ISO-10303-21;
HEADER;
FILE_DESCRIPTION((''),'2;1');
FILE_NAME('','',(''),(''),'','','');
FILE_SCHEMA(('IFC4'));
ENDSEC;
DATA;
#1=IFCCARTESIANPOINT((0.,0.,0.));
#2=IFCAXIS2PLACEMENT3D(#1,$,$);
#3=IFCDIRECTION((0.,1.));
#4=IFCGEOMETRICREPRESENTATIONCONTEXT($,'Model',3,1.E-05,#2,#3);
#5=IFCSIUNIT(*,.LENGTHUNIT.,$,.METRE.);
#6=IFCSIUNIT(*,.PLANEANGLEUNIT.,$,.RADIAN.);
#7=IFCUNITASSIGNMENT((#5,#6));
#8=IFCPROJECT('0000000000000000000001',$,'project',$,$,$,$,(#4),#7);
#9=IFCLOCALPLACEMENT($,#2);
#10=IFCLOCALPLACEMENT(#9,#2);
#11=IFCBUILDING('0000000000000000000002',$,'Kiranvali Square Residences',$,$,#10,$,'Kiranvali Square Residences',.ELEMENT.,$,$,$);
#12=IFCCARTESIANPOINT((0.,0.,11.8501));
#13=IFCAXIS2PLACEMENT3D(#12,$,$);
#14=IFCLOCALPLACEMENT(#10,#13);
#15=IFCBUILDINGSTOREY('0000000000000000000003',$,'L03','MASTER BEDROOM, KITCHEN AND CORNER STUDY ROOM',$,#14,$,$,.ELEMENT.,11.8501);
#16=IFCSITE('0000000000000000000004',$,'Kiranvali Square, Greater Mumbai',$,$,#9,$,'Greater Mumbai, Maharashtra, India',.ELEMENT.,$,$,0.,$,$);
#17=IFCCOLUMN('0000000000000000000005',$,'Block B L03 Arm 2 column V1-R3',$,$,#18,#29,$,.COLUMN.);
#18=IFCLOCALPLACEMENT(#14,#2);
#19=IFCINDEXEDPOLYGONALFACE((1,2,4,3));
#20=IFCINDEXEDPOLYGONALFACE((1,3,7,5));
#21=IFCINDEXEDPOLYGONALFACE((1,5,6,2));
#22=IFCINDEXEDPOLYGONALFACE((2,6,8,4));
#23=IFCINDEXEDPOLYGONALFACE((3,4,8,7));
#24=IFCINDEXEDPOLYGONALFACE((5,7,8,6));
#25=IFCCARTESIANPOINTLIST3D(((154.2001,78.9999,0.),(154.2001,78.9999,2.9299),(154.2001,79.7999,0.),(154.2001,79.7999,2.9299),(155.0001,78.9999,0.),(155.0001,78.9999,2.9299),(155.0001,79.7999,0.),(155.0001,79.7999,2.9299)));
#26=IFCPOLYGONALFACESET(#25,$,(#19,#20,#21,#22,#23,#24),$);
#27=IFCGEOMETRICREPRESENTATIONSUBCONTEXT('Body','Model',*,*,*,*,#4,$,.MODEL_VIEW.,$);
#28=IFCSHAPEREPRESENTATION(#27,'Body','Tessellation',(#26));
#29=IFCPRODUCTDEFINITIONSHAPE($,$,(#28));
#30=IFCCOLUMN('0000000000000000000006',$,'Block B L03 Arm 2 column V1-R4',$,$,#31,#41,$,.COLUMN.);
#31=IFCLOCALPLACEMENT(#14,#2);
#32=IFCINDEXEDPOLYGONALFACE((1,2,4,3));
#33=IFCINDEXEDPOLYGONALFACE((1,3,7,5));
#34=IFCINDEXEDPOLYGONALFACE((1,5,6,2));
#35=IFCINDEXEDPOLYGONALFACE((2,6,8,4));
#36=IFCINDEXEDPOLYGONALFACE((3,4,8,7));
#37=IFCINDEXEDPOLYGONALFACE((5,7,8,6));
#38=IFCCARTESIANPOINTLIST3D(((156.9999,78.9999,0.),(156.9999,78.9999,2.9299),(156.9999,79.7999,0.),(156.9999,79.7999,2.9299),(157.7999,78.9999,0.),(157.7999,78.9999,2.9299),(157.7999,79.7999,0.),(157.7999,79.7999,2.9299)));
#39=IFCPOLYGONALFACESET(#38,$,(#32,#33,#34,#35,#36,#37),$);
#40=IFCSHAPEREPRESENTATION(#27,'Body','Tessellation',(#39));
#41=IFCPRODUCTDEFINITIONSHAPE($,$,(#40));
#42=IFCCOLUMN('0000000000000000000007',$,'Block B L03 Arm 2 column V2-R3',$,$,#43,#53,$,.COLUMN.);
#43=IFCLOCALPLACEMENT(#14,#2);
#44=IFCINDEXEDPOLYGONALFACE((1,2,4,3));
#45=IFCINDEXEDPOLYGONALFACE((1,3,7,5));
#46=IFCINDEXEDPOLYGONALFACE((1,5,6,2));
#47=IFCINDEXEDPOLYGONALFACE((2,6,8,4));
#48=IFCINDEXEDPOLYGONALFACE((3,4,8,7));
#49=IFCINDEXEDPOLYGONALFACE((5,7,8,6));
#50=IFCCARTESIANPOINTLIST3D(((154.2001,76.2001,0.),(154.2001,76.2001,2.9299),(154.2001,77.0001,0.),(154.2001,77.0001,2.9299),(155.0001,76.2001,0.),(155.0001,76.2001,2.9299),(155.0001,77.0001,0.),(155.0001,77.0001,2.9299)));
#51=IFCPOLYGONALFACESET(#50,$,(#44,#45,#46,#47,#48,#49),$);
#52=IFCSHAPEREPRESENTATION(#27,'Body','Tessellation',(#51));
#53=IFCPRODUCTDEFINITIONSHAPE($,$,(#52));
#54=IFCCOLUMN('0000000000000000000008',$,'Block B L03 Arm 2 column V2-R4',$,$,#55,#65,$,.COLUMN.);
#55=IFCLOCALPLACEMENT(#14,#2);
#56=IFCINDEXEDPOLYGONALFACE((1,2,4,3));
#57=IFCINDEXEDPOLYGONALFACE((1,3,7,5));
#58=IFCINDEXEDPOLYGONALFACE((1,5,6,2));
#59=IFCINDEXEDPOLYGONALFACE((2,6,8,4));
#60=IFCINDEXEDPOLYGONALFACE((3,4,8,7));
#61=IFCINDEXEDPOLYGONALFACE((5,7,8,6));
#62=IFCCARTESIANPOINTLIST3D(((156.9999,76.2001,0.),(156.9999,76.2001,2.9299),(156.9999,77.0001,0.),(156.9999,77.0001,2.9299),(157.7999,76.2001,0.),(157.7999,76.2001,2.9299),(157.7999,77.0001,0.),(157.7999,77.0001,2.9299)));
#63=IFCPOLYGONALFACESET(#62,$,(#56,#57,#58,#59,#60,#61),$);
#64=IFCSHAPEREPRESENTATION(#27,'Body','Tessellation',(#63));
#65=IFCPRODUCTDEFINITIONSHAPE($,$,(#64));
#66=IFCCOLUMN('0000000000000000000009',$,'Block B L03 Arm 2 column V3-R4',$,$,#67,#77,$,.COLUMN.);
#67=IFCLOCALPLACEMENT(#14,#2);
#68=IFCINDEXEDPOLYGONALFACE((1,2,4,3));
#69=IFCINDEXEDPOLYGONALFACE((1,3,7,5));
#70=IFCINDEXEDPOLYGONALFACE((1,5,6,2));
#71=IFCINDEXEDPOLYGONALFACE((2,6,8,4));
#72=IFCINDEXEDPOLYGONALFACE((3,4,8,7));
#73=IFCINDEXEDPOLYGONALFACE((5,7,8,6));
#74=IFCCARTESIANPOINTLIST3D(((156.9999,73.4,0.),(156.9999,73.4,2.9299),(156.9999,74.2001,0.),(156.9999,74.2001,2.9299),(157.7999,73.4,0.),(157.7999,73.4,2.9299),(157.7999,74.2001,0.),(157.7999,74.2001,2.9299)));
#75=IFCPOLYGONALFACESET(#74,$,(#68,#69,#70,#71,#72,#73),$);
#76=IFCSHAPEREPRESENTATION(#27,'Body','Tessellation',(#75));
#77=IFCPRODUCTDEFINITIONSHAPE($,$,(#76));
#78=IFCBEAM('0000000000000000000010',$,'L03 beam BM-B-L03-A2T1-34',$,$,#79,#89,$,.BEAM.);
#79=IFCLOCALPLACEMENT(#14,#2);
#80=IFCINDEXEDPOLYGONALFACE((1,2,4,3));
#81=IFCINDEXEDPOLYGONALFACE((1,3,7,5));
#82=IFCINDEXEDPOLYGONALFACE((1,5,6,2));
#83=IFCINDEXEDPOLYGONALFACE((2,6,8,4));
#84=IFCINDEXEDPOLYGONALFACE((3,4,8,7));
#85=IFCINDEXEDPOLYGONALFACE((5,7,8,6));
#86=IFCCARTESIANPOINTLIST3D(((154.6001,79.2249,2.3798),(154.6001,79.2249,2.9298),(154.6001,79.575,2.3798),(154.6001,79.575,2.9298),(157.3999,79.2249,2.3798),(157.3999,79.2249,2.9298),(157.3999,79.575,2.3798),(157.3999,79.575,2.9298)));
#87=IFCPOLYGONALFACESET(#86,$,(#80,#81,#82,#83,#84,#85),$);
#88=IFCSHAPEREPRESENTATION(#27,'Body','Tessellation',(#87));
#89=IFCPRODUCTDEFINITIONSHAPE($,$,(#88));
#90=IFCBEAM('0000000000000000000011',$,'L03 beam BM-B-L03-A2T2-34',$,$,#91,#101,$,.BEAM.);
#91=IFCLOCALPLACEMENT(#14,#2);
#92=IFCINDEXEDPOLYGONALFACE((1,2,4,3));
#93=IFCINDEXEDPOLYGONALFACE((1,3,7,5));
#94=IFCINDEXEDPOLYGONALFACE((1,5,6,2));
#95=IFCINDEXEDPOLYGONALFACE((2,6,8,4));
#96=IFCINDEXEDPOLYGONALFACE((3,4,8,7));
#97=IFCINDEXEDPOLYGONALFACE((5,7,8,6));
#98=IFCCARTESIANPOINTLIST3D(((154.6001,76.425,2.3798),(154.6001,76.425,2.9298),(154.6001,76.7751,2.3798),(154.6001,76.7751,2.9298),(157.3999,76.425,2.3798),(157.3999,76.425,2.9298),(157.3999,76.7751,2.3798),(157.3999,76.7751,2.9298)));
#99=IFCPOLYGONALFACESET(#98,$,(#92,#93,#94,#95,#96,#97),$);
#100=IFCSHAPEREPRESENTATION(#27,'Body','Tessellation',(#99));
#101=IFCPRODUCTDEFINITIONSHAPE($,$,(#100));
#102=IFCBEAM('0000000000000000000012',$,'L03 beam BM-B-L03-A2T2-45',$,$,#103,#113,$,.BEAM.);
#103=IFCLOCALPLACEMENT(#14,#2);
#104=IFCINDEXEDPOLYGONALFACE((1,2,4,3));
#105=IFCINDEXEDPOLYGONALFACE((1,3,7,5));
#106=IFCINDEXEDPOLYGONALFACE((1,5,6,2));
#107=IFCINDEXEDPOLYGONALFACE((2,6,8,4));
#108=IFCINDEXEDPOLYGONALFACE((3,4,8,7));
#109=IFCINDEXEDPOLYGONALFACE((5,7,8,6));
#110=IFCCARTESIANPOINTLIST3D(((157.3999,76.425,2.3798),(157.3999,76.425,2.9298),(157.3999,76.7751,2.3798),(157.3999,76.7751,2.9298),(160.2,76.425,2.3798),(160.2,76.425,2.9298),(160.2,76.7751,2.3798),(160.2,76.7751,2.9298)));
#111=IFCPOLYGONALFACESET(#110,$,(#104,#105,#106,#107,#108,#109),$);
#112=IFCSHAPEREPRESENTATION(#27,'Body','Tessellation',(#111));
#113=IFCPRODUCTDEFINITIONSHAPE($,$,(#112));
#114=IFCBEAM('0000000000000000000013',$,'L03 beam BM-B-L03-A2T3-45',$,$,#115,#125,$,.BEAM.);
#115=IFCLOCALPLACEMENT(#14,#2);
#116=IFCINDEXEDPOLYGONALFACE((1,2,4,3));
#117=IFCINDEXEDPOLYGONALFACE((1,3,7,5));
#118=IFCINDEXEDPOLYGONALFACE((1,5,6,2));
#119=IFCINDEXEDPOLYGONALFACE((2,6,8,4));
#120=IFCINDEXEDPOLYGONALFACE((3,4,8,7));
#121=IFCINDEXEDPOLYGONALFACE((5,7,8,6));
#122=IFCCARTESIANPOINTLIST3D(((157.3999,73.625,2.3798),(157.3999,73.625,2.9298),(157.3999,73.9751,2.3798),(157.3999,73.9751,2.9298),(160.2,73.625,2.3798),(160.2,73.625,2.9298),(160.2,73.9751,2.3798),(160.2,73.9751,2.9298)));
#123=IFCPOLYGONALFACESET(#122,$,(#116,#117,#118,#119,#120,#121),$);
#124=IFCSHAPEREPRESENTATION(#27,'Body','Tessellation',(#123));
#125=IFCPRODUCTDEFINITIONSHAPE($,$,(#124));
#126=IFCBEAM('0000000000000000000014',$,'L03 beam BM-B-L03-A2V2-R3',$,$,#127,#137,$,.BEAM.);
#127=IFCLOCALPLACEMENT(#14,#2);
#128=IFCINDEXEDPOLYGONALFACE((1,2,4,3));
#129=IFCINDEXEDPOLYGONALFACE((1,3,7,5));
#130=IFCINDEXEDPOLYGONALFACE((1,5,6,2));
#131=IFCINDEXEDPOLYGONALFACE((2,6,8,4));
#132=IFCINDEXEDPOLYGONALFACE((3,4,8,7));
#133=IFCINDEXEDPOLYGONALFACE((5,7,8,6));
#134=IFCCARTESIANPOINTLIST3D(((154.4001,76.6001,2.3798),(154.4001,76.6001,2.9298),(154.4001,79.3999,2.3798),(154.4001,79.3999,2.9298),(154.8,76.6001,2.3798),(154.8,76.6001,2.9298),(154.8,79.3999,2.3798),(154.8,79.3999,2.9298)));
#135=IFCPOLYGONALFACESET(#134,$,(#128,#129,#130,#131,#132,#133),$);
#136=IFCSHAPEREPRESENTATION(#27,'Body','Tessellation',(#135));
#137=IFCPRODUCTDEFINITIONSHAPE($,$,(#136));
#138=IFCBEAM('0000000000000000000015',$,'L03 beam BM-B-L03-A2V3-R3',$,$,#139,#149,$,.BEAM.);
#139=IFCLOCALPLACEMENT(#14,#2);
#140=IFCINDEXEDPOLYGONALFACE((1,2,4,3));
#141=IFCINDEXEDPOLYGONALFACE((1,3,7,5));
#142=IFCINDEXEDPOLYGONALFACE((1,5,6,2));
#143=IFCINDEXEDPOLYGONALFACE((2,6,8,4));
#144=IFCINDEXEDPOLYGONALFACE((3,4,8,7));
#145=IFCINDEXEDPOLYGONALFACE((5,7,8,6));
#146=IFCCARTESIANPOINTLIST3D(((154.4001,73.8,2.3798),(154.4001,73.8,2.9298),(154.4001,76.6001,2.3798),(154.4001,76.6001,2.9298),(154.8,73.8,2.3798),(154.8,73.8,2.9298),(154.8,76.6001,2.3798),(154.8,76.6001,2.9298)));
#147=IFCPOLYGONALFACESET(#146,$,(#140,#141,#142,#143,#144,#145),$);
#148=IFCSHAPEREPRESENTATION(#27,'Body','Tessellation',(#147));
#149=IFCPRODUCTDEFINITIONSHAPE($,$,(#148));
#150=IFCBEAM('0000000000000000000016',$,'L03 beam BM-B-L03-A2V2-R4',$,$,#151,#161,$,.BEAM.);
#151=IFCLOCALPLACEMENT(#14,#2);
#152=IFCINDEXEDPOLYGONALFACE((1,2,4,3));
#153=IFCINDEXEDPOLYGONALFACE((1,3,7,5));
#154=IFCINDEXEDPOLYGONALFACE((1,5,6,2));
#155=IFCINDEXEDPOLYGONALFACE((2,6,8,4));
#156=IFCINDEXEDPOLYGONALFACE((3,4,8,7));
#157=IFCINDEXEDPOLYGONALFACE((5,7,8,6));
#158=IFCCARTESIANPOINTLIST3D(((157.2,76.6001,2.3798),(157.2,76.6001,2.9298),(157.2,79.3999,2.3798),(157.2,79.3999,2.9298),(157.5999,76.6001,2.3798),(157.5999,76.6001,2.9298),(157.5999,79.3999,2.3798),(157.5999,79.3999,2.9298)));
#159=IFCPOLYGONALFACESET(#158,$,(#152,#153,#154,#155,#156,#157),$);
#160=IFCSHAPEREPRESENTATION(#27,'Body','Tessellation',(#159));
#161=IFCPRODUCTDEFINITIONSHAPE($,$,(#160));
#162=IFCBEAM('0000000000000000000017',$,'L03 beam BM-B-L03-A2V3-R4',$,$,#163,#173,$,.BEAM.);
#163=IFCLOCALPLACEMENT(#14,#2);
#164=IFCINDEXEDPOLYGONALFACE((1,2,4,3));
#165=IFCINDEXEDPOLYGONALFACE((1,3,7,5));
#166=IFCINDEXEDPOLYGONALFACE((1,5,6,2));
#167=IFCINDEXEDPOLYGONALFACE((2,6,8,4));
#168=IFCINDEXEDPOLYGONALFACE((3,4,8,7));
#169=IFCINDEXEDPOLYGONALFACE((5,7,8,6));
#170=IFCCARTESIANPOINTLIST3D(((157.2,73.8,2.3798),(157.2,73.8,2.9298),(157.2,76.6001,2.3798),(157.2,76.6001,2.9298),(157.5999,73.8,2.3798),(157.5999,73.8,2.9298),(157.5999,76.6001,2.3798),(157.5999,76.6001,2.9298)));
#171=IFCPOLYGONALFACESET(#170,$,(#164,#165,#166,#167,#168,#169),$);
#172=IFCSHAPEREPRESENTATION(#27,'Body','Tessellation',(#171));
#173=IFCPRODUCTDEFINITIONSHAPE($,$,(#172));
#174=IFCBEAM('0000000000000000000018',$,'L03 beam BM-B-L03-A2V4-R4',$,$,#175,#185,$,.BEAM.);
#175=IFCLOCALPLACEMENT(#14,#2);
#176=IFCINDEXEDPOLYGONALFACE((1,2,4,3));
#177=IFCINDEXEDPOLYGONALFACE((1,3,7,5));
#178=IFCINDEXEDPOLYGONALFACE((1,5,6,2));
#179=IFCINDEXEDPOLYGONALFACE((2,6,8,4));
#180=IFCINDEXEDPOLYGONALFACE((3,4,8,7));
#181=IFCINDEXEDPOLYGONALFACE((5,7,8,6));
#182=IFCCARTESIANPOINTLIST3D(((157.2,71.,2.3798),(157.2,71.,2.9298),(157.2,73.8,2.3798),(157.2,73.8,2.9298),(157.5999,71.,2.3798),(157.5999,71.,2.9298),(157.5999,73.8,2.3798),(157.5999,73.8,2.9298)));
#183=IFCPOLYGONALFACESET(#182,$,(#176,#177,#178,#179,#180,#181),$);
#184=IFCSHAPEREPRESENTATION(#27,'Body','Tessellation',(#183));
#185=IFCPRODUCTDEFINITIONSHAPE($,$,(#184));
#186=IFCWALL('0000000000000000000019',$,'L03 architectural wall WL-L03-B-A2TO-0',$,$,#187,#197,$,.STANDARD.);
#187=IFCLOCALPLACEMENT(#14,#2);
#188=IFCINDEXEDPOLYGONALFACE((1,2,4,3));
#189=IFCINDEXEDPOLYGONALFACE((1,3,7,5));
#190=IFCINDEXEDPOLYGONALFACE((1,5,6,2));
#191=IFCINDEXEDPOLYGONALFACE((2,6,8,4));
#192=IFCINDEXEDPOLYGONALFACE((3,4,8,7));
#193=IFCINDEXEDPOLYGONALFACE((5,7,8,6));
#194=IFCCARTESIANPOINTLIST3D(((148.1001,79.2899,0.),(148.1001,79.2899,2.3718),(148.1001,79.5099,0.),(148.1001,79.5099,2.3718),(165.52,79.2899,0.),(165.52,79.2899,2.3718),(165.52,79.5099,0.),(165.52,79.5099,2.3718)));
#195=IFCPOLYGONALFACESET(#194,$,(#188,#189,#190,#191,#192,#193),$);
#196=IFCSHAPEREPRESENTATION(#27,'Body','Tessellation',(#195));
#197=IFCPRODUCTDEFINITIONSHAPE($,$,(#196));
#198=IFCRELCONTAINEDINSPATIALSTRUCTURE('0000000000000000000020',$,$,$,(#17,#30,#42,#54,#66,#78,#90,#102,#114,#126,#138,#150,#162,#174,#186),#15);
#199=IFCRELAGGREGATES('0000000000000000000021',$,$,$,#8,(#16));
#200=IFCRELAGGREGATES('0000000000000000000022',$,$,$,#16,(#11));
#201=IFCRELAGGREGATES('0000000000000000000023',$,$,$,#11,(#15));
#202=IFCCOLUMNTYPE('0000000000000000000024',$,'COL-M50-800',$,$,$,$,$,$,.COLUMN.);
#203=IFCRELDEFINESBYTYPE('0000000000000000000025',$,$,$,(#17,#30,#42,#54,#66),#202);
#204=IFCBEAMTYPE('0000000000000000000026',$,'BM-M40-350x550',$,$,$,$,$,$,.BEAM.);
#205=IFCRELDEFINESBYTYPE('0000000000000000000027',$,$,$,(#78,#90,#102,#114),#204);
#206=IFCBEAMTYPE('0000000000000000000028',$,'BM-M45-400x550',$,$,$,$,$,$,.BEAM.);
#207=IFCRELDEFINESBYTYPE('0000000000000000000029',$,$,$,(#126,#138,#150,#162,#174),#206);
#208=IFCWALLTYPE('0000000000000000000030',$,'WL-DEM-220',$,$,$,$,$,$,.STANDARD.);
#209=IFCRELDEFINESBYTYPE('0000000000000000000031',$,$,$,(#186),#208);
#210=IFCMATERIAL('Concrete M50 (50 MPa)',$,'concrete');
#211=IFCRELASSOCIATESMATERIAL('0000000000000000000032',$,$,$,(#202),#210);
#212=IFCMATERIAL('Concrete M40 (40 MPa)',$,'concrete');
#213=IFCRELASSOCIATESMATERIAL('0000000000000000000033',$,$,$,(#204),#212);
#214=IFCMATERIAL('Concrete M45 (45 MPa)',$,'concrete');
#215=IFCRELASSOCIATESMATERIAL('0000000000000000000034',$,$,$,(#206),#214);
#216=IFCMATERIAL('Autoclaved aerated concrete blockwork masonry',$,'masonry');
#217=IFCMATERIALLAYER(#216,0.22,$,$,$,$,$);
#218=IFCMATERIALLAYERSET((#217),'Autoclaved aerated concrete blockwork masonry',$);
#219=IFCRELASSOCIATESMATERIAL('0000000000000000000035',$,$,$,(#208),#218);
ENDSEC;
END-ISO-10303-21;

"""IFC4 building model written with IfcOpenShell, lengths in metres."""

from ifc_helpers import new_model, si_unit, direction, frame, frame_2d, origin, origin_2d, place, context, subcontext, project, spatial, rectangle, extrude, material, layer, layer_set, material_profile, profile_set, type_object, element, save


model = new_model("IFC4")

# Units and contexts
model_context = context("Model", 3, precision=1e-05, world=origin(), true_north=direction((0.0, 1.0)))
body_context = subcontext(model_context, "Body", "Model", "MODEL_VIEW")
ifc_project = project(units=[si_unit("LENGTHUNIT", "METRE"), si_unit("PLANEANGLEUNIT", "RADIAN")], contexts=[model_context])

# Site, building, storey
site_placement = place(None, origin())
site = spatial("IfcSite", under=ifc_project, at=site_placement, Name="Kiranvali Square, Greater Mumbai", LongName="Greater Mumbai, Maharashtra, India", CompositionType="ELEMENT", RefElevation=0.0)
building_placement = place(site_placement, origin())
building = spatial("IfcBuilding", under=site, at=building_placement, Name="Kiranvali Square Residences", LongName="Kiranvali Square Residences", CompositionType="ELEMENT")
storey_placement = place(building_placement, frame((0.0, 0.0, 11.8501)))
storey = spatial("IfcBuildingStorey", under=building, at=storey_placement, Name="L03", Description="MASTER BEDROOM, KITCHEN AND CORNER STUDY ROOM", CompositionType="ELEMENT", Elevation=11.8501)

# Columns
ifc_material_1 = material(Name="Concrete M50 (50 MPa)", Category="concrete")
ifc_material_profile_1 = material_profile(ifc_material_1, rectangle(XDim=0.8, YDim=0.8, at=origin_2d()), Name="RC 800x800")
ifc_profile_set_1 = profile_set([ifc_material_profile_1], Name="Concrete M50 (50 MPa)")
column_type = type_object("IfcColumnType", Name="COL-M50-800", PredefinedType="COLUMN", material=ifc_profile_set_1)
for number, where, z_axis, x_axis, name in (
    (1, (154.6001, 79.3999, 0.0), (0.0, 0.0, 1.0), (1.0, 0.0, 0.0), "Block B L03 Arm 2 column V1-R3"),
    (2, (157.3999, 79.3999, 0.0), (0.0, 0.0, 1.0), (1.0, 0.0, 0.0), "Block B L03 Arm 2 column V1-R4"),
    (3, (154.6001, 76.6001, 0.0), (0.0, 0.0, 1.0), (1.0, 0.0, 0.0), "Block B L03 Arm 2 column V2-R3"),
    (4, (157.3999, 76.6001, 0.0), (0.0, 0.0, 1.0), (1.0, 0.0, 0.0), "Block B L03 Arm 2 column V2-R4"),
    (5, (157.3999, 73.8, 0.0), (0.0, 0.0, 1.0), (1.0, 0.0, 0.0), "Block B L03 Arm 2 column V3-R4"),
):
    element("IfcColumn", number, at=place(storey_placement, frame(where, z_axis=z_axis, x_axis=x_axis)), inside=storey, type_object=column_type, Name=name, PredefinedType="COLUMN", context=body_context, shape_type="SweptSolid", body=[
        extrude(rectangle(XDim=0.8, YDim=0.8, at=origin_2d()), origin(), (0.0, 0.0, 1.0), 2.9299),
    ])

# Beams
ifc_material_2 = material(Name="Concrete M40 (40 MPa)", Category="concrete")
ifc_material_profile_2 = material_profile(ifc_material_2, rectangle(XDim=0.3501, YDim=0.55, at=origin_2d()), Name="RC 350x550")
ifc_profile_set_2 = profile_set([ifc_material_profile_2], Name="Concrete M40 (40 MPa)")
beam_type_1 = type_object("IfcBeamType", Name="BM-M40-350x550", PredefinedType="BEAM", material=ifc_profile_set_2)
for number, where, z_axis, x_axis, name in (
    (6, (154.6001, 79.3999, 2.6548), (1.0, 0.0, 0.0), (0.0, 1.0, 0.0), "L03 beam BM-B-L03-A2T1-34"),
    (7, (154.6001, 76.6001, 2.6548), (1.0, 0.0, 0.0), (0.0, 1.0, 0.0), "L03 beam BM-B-L03-A2T2-34"),
):
    element("IfcBeam", number, at=place(storey_placement, frame(where, z_axis=z_axis, x_axis=x_axis)), inside=storey, type_object=beam_type_1, Name=name, PredefinedType="BEAM", context=body_context, shape_type="SweptSolid", body=[
        extrude(rectangle(XDim=0.3501, YDim=0.55, at=origin_2d()), origin(), (0.0, 0.0, 1.0), 2.7998),
    ])
for number, where, z_axis, x_axis, name in (
    (8, (157.3999, 76.6001, 2.6548), (1.0, 0.0, 0.0), (0.0, 1.0, 0.0), "L03 beam BM-B-L03-A2T2-45"),
    (9, (157.3999, 73.8, 2.6548), (1.0, 0.0, 0.0), (0.0, 1.0, 0.0), "L03 beam BM-B-L03-A2T3-45"),
):
    element("IfcBeam", number, at=place(storey_placement, frame(where, z_axis=z_axis, x_axis=x_axis)), inside=storey, type_object=beam_type_1, Name=name, PredefinedType="BEAM", context=body_context, shape_type="SweptSolid", body=[
        extrude(rectangle(XDim=0.3501, YDim=0.55, at=origin_2d()), origin(), (0.0, 0.0, 1.0), 2.8),
    ])
ifc_material_3 = material(Name="Concrete M45 (45 MPa)", Category="concrete")
ifc_material_profile_3 = material_profile(ifc_material_3, rectangle(XDim=0.3999, YDim=0.55, at=origin_2d()), Name="RC 400x550")
ifc_profile_set_3 = profile_set([ifc_material_profile_3], Name="Concrete M45 (45 MPa)")
beam_type_2 = type_object("IfcBeamType", Name="BM-M45-400x550", PredefinedType="BEAM", material=ifc_profile_set_3)
beam_1_placement = place(storey_placement, frame((154.6001, 79.3999, 2.6548), z_axis=(0.0, -1.0, 0.0), x_axis=(1.0, 0.0, 0.0)))
element("IfcBeam", 10, at=beam_1_placement, inside=storey, type_object=beam_type_2, Name="L03 beam BM-B-L03-A2V2-R3", PredefinedType="BEAM", context=body_context, shape_type="SweptSolid", body=[
    extrude(rectangle(XDim=0.3999, YDim=0.55, at=origin_2d()), origin(), (0.0, 0.0, 1.0), 2.7998),
])
beam_2_placement = place(storey_placement, frame((154.6001, 76.6001, 2.6548), z_axis=(0.0, -1.0, 0.0), x_axis=(1.0, 0.0, 0.0)))
element("IfcBeam", 11, at=beam_2_placement, inside=storey, type_object=beam_type_2, Name="L03 beam BM-B-L03-A2V3-R3", PredefinedType="BEAM", context=body_context, shape_type="SweptSolid", body=[
    extrude(rectangle(XDim=0.3999, YDim=0.55, at=origin_2d()), origin(), (0.0, 0.0, 1.0), 2.8),
])
beam_3_placement = place(storey_placement, frame((157.3999, 79.3999, 2.6548), z_axis=(0.0, -1.0, 0.0), x_axis=(1.0, 0.0, 0.0)))
element("IfcBeam", 12, at=beam_3_placement, inside=storey, type_object=beam_type_2, Name="L03 beam BM-B-L03-A2V2-R4", PredefinedType="BEAM", context=body_context, shape_type="SweptSolid", body=[
    extrude(rectangle(XDim=0.3999, YDim=0.55, at=origin_2d()), origin(), (0.0, 0.0, 1.0), 2.7998),
])
for number, where, z_axis, x_axis, name in (
    (13, (157.3999, 76.6001, 2.6548), (0.0, -1.0, 0.0), (1.0, 0.0, 0.0), "L03 beam BM-B-L03-A2V3-R4"),
    (14, (157.3999, 73.8, 2.6548), (0.0, -1.0, 0.0), (1.0, 0.0, 0.0), "L03 beam BM-B-L03-A2V4-R4"),
):
    element("IfcBeam", number, at=place(storey_placement, frame(where, z_axis=z_axis, x_axis=x_axis)), inside=storey, type_object=beam_type_2, Name=name, PredefinedType="BEAM", context=body_context, shape_type="SweptSolid", body=[
        extrude(rectangle(XDim=0.3999, YDim=0.55, at=origin_2d()), origin(), (0.0, 0.0, 1.0), 2.8),
    ])

# Shared definitions
ifc_material_4 = material(Name="Autoclaved aerated concrete blockwork masonry", Category="masonry")

# Wall
ifc_layer_1 = layer(ifc_material_4, 0.22)
ifc_layer_set_1 = layer_set([ifc_layer_1], Name="Autoclaved aerated concrete blockwork masonry")
wall_type_1 = type_object("IfcWallType", Name="WL-DEM-220", PredefinedType="STANDARD", material=ifc_layer_set_1)
wall_1_placement = place(storey_placement, frame((148.1001, 79.3999, 0.0), z_axis=(0.0, 0.0, 1.0), x_axis=(1.0, 0.0, 0.0)))
element("IfcWall", 15, at=wall_1_placement, inside=storey, type_object=wall_type_1, Name="L03 architectural wall WL-L03-B-A2TO-0", PredefinedType="STANDARD", context=body_context, shape_type="SweptSolid", body=[
    extrude(rectangle(XDim=17.4199, YDim=0.22, at=frame_2d((8.71, 0.0))), origin(), (0.0, 0.0, 1.0), 2.3718),
])

save(model, "model.ifc")
